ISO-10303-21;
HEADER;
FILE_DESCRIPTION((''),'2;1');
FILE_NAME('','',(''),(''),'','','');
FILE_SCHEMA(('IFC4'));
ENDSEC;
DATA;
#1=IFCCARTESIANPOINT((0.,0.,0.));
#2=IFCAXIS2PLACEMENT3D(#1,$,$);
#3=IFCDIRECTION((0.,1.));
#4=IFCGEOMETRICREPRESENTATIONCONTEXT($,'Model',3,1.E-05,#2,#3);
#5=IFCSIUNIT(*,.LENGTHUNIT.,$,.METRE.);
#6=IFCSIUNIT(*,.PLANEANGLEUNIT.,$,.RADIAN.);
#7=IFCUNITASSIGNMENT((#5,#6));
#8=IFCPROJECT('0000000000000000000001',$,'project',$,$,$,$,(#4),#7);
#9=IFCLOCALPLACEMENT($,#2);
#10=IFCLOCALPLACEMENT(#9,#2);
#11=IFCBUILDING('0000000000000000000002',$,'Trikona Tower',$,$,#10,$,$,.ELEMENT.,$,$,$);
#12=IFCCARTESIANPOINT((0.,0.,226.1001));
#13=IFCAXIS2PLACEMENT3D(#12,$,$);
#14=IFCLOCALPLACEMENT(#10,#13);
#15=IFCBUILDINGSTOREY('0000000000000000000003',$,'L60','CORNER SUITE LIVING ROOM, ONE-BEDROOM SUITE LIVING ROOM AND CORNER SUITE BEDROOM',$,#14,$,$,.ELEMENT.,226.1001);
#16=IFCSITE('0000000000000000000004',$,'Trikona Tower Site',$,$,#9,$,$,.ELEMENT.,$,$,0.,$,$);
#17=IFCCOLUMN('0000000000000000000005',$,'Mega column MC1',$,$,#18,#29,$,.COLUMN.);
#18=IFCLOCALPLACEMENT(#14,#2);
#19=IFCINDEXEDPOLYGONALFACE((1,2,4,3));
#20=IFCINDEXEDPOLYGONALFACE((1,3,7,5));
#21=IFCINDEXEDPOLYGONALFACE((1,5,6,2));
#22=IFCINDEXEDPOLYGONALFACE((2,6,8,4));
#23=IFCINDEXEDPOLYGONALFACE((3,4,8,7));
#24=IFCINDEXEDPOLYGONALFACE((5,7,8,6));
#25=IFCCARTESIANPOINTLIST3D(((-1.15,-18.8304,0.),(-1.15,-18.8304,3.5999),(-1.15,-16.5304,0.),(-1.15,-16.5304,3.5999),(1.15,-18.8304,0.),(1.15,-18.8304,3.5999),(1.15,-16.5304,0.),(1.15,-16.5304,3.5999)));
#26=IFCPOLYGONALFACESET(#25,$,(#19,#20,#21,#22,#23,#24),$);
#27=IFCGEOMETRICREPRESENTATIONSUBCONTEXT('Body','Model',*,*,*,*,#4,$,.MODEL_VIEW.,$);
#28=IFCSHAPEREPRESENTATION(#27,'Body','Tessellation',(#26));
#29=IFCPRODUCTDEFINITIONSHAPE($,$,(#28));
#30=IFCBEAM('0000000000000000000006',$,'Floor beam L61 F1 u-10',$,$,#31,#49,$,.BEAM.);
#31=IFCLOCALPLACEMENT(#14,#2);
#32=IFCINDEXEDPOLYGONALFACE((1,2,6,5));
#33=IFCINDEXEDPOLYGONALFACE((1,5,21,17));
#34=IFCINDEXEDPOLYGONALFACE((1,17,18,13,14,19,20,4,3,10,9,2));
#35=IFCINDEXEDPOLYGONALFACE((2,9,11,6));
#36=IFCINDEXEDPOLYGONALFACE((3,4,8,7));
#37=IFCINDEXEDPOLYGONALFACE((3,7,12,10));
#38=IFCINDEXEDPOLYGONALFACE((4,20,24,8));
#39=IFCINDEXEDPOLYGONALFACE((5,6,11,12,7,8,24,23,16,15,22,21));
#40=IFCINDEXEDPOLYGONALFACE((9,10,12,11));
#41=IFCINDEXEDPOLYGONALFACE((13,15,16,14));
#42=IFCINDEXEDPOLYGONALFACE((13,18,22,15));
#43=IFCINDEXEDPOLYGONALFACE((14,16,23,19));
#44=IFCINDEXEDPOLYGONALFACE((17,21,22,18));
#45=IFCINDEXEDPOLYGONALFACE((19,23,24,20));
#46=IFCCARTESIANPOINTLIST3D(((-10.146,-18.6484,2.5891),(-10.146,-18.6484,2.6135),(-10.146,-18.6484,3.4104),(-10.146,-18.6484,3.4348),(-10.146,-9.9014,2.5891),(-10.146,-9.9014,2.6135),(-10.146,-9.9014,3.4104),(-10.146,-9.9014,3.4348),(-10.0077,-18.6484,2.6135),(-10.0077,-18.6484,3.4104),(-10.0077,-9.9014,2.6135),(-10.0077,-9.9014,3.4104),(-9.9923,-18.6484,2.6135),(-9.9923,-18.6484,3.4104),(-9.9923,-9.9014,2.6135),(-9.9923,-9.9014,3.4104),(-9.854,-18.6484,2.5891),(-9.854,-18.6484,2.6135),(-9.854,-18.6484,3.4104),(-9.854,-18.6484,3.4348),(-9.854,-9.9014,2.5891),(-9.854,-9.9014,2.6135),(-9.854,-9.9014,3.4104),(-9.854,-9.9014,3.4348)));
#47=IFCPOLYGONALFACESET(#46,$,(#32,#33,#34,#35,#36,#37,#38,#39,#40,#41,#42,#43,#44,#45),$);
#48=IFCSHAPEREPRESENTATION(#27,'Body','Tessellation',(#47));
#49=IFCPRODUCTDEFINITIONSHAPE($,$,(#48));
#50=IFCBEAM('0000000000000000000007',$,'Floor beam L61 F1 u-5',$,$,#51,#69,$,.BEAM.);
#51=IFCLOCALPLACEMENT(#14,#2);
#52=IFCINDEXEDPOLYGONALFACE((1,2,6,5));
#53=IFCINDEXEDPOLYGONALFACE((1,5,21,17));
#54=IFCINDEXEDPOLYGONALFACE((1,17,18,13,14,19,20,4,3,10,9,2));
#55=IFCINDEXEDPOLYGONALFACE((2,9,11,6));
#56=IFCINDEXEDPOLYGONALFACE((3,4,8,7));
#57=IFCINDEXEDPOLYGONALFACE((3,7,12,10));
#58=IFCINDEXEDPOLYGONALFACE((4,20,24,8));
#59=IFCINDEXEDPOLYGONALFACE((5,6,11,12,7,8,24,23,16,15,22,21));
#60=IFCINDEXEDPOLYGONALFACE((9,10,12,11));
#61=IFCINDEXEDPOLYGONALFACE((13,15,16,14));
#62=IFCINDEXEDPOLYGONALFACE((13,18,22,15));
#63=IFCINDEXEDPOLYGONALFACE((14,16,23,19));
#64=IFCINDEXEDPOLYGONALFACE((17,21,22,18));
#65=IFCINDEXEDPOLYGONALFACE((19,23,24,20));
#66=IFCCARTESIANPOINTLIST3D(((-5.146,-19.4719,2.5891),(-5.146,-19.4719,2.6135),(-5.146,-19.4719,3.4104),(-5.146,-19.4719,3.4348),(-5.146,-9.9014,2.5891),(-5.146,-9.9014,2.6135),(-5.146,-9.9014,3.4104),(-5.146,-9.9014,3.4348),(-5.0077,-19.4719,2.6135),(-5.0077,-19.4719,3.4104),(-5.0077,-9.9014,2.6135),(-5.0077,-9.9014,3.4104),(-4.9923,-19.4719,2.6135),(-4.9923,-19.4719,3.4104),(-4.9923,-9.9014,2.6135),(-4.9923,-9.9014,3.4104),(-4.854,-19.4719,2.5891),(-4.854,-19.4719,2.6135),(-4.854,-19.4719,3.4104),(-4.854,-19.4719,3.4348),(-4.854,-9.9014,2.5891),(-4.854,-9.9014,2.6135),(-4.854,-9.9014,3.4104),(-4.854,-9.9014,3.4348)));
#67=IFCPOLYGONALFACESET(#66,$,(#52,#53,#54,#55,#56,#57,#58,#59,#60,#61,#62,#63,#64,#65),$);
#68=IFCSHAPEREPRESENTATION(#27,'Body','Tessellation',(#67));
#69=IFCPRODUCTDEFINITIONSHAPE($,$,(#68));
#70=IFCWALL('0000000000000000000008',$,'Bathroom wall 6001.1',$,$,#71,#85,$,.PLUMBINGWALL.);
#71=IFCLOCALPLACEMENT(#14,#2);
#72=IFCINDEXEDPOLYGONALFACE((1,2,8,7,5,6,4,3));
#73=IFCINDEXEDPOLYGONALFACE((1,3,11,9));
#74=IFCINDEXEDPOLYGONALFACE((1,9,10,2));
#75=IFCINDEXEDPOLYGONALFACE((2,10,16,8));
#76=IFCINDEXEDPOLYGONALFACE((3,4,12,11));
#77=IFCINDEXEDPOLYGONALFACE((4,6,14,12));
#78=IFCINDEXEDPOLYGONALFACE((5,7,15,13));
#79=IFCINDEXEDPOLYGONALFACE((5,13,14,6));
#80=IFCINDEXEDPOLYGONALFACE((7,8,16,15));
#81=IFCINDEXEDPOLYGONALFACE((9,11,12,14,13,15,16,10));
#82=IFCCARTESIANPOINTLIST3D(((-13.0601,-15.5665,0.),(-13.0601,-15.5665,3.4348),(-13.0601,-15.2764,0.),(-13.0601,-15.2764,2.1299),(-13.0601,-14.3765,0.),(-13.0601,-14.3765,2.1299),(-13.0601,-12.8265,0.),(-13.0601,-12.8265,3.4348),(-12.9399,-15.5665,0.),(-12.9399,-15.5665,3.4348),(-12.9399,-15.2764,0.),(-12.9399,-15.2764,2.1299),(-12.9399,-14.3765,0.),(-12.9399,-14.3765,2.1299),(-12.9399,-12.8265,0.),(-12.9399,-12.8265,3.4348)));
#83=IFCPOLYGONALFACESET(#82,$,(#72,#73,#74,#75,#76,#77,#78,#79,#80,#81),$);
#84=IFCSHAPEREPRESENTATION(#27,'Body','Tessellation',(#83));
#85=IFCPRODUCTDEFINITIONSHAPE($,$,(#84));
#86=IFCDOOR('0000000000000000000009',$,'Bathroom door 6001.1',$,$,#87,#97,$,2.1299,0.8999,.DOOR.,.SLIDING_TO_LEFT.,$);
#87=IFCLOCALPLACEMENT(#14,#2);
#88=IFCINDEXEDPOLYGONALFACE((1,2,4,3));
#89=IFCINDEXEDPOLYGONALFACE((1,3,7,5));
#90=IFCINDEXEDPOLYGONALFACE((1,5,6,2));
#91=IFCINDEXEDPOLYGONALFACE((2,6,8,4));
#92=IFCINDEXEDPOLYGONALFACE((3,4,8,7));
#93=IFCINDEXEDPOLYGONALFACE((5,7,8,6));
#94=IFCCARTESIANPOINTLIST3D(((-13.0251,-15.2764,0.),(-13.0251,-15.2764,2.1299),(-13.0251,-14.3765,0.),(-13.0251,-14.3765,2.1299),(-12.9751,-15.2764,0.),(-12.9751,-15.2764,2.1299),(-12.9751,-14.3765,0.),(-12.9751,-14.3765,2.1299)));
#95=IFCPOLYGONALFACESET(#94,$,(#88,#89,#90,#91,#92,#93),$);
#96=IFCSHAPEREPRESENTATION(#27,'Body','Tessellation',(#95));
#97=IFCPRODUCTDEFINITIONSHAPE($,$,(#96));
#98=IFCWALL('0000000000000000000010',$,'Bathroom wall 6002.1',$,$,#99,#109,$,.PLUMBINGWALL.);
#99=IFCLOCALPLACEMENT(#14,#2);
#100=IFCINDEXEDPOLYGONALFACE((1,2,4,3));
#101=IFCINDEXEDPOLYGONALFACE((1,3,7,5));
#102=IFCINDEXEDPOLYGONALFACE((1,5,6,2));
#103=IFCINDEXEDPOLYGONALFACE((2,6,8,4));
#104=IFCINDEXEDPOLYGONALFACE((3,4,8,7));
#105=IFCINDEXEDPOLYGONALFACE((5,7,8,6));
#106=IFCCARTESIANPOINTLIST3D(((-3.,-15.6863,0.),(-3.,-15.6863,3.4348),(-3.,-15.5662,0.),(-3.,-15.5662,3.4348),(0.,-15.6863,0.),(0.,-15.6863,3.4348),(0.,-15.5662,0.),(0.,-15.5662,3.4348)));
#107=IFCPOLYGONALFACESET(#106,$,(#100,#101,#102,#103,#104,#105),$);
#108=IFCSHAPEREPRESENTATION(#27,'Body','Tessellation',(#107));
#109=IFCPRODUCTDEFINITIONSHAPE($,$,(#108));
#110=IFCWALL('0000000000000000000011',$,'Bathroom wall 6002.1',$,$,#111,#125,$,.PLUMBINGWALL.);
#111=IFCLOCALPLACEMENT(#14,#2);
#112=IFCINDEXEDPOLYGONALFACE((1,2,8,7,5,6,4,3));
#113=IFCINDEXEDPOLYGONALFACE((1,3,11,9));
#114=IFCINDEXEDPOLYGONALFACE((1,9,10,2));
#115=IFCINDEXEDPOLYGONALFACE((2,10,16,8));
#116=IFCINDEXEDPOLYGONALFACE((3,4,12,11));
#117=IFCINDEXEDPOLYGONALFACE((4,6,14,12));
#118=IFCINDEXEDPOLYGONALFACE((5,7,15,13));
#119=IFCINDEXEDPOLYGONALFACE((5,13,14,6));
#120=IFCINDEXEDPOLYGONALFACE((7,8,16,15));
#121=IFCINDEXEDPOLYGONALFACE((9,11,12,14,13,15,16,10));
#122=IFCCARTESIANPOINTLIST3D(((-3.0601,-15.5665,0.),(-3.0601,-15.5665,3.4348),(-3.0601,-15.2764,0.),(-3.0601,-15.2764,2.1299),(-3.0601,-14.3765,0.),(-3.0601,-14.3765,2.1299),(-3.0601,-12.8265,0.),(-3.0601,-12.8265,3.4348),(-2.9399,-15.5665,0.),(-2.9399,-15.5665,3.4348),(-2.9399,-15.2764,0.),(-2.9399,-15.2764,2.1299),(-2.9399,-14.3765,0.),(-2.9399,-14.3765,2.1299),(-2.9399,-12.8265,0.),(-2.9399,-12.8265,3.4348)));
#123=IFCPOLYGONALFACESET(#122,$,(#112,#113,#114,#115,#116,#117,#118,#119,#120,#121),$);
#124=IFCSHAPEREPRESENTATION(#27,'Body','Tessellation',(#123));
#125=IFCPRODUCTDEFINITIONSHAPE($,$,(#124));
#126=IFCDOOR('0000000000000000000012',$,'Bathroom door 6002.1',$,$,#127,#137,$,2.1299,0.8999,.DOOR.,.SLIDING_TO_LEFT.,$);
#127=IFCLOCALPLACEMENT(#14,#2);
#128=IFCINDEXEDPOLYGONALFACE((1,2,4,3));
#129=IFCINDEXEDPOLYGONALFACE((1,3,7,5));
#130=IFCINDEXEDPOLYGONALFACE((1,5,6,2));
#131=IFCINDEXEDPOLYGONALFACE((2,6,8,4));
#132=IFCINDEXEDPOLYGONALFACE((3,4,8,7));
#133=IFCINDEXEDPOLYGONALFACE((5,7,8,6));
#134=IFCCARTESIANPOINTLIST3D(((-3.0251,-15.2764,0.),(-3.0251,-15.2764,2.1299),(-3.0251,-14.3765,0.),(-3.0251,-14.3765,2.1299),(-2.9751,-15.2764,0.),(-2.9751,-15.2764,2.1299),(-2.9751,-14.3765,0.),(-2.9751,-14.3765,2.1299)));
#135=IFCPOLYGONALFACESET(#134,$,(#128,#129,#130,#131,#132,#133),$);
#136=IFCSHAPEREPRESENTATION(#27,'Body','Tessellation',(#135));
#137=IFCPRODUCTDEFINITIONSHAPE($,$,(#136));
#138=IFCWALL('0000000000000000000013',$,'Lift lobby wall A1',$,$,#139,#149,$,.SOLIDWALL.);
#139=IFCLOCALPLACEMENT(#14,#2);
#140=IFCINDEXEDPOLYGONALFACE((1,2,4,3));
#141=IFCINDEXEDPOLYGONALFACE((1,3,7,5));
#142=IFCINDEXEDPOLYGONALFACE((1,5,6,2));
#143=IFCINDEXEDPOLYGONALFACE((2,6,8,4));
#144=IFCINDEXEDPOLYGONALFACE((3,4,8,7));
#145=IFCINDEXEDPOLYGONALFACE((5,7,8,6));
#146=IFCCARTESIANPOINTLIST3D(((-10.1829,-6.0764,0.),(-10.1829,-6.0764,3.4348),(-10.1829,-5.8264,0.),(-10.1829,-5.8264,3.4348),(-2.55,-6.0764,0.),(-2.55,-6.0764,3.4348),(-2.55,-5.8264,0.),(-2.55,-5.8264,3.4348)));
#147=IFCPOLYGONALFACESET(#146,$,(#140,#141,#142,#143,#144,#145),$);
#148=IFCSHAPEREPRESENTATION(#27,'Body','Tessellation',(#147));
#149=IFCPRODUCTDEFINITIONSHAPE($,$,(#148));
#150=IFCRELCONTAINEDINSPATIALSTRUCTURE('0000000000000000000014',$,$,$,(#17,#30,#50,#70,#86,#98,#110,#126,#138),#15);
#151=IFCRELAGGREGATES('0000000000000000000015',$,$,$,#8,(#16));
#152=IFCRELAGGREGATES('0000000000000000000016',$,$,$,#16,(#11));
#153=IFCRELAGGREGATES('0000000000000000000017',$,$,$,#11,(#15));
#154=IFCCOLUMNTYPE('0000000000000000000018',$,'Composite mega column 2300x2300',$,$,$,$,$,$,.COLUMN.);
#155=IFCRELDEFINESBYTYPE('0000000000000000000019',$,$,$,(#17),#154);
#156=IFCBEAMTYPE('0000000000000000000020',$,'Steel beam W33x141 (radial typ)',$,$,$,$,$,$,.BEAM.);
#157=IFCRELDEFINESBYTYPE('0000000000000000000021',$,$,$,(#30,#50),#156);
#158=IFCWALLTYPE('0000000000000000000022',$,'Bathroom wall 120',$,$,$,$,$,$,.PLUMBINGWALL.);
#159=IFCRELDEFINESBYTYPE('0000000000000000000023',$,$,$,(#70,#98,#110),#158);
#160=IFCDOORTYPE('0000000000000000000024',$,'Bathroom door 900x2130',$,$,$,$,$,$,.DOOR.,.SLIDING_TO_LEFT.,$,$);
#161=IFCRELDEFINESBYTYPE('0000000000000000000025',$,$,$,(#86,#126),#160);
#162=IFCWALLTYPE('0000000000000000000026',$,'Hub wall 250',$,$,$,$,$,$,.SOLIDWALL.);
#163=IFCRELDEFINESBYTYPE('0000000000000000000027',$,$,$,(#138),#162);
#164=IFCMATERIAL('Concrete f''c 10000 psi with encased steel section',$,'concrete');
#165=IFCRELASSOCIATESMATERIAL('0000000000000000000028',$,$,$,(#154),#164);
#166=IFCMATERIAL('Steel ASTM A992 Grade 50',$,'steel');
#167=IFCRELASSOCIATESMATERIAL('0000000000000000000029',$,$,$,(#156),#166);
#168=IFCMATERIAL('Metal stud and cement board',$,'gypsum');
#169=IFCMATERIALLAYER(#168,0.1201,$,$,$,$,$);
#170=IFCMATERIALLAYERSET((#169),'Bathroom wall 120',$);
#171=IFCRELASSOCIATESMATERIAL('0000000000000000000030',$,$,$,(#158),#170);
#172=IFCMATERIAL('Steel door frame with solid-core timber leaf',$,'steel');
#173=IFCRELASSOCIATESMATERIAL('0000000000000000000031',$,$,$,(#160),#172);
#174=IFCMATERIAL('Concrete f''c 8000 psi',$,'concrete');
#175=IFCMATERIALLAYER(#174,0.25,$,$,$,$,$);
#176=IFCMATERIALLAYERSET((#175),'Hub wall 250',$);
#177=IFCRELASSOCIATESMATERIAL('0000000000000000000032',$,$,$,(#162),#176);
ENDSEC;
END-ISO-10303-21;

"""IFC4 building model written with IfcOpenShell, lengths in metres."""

from ifc_helpers import new_model, si_unit, direction, frame, frame_2d, origin, origin_2d, place, context, subcontext, project, spatial, rectangle, i_section, extrude, material, layer, layer_set, material_profile, profile_set, type_object, element, fill, save


model = new_model("IFC4")

# Units and contexts
model_context = context("Model", 3, precision=1e-05, world=origin(), true_north=direction((0.0, 1.0)))
body_context = subcontext(model_context, "Body", "Model", "MODEL_VIEW")
ifc_project = project(units=[si_unit("LENGTHUNIT", "METRE"), si_unit("PLANEANGLEUNIT", "RADIAN")], contexts=[model_context])

# Site, building, storey
site_placement = place(None, origin())
site = spatial("IfcSite", under=ifc_project, at=site_placement, Name="Trikona Tower Site", CompositionType="ELEMENT", RefElevation=0.0)
building_placement = place(site_placement, origin())
building = spatial("IfcBuilding", under=site, at=building_placement, Name="Trikona Tower", CompositionType="ELEMENT")
storey_placement = place(building_placement, frame((0.0, 0.0, 226.1001)))
storey = spatial("IfcBuildingStorey", under=building, at=storey_placement, Name="L60", Description="CORNER SUITE LIVING ROOM, ONE-BEDROOM SUITE LIVING ROOM AND CORNER SUITE BEDROOM", CompositionType="ELEMENT", Elevation=226.1001)

# Column
ifc_material_1 = material(Name="Concrete f'c 10000 psi with encased steel section", Category="concrete")
ifc_material_profile_1 = material_profile(ifc_material_1, rectangle(XDim=2.3, YDim=2.3, at=origin_2d()), Name="MC2300")
ifc_profile_set_1 = profile_set([ifc_material_profile_1], Name="Concrete f'c 10000 psi with encased steel section")
column_type = type_object("IfcColumnType", Name="Composite mega column 2300x2300", PredefinedType="COLUMN", material=ifc_profile_set_1)
column_placement = place(storey_placement, frame((0.0, -17.6804, 0.0), z_axis=(0.0, 0.0, 1.0), x_axis=(0.0, -1.0, 0.0)))
element("IfcColumn", 1, at=column_placement, inside=storey, type_object=column_type, Name="Mega column MC1", PredefinedType="COLUMN", context=body_context, shape_type="SweptSolid", body=[
    extrude(rectangle(XDim=2.3, YDim=2.3, at=origin_2d()), origin(), (0.0, 0.0, 1.0), 3.5999),
])

# Beams
ifc_material_2 = material(Name="Steel ASTM A992 Grade 50", Category="steel")
ifc_material_profile_2 = material_profile(ifc_material_2, i_section(OverallWidth=0.292, OverallDepth=0.8457, WebThickness=0.0154, FlangeThickness=0.0244, at=origin_2d()), Name="W33X141")
ifc_profile_set_2 = profile_set([ifc_material_profile_2], Name="Steel ASTM A992 Grade 50")
beam_type = type_object("IfcBeamType", Name="Steel beam W33x141 (radial typ)", PredefinedType="BEAM", material=ifc_profile_set_2)
beam_1_placement = place(storey_placement, frame((-10.0, -9.9014, 3.012), z_axis=(0.0, -1.0, 0.0), x_axis=(1.0, 0.0, 0.0)))
element("IfcBeam", 2, at=beam_1_placement, inside=storey, type_object=beam_type, Name="Floor beam L61 F1 u-10", PredefinedType="BEAM", context=body_context, shape_type="SweptSolid", body=[
    extrude(i_section(OverallWidth=0.292, OverallDepth=0.8457, WebThickness=0.0154, FlangeThickness=0.0244, at=origin_2d()), origin(), (0.0, 0.0, 1.0), 8.7471),
])
beam_2_placement = place(storey_placement, frame((-5.0, -9.9014, 3.012), z_axis=(0.0, -1.0, 0.0), x_axis=(1.0, 0.0, 0.0)))
element("IfcBeam", 3, at=beam_2_placement, inside=storey, type_object=beam_type, Name="Floor beam L61 F1 u-5", PredefinedType="BEAM", context=body_context, shape_type="SweptSolid", body=[
    extrude(i_section(OverallWidth=0.292, OverallDepth=0.8457, WebThickness=0.0154, FlangeThickness=0.0244, at=origin_2d()), origin(), (0.0, 0.0, 1.0), 9.5706),
])

# Wall, opening, door
ifc_material_3 = material(Name="Metal stud and cement board", Category="gypsum")
ifc_layer_1 = layer(ifc_material_3, 0.1201)
ifc_layer_set_1 = layer_set([ifc_layer_1], Name="Bathroom wall 120")
wall_type_1 = type_object("IfcWallType", Name="Bathroom wall 120", PredefinedType="PLUMBINGWALL", material=ifc_layer_set_1)
wall_1_placement = place(storey_placement, frame((-13.0, -12.8264, 0.0), z_axis=(0.0, 0.0, 1.0), x_axis=(0.0, -1.0, 0.0)))
wall_1 = element("IfcWall", 4, at=wall_1_placement, inside=storey, type_object=wall_type_1, Name="Bathroom wall 6001.1", PredefinedType="PLUMBINGWALL", context=body_context, shape_type="SweptSolid", body=[
    extrude(rectangle(XDim=2.74, YDim=0.1201, at=frame_2d((1.3701, 0.0))), origin(), (0.0, 0.0, 1.0), 3.4348),
])
opening_1_placement = place(wall_1_placement, frame((1.55, 0.0, 0.0)))
opening_1 = element("IfcOpeningElement", 5, at=opening_1_placement, cuts=wall_1, PredefinedType="OPENING", context=body_context, shape_type="SweptSolid", body=[
    extrude(rectangle(XDim=0.8999, YDim=2.1299, at=frame_2d((0.45, 1.0649))), frame((0.0, 0.0701, 0.0), z_axis=(0.0, -1.0, 0.0), x_axis=(1.0, 0.0, 0.0)), (0.0, 0.0, 1.0), 0.1401),
])
ifc_material_4 = material(Name="Steel door frame with solid-core timber leaf", Category="steel")
door_type_1 = type_object("IfcDoorType", Name="Bathroom door 900x2130", OperationType="SLIDING_TO_LEFT", PredefinedType="DOOR", material=ifc_material_4)
door_1_placement = place(opening_1_placement, origin())
door_1 = element("IfcDoor", 6, at=door_1_placement, inside=storey, type_object=door_type_1, Name="Bathroom door 6001.1", OperationType="SLIDING_TO_LEFT", OverallHeight=2.1299, OverallWidth=0.8999, PredefinedType="DOOR", context=body_context, shape_type="SweptSolid", body=[
    extrude(rectangle(XDim=0.8999, YDim=2.1299, at=frame_2d((0.45, 1.0649))), frame((0.0, 0.0249, 0.0), z_axis=(0.0, -1.0, 0.0), x_axis=(1.0, 0.0, 0.0)), (0.0, 0.0, 1.0), 0.05),
])
fill(opening_1, door_1)

# Wall
wall_2_placement = place(storey_placement, frame((-3.0, -15.6262, 0.0), z_axis=(0.0, 0.0, 1.0), x_axis=(1.0, 0.0, 0.0)))
element("IfcWall", 7, at=wall_2_placement, inside=storey, type_object=wall_type_1, Name="Bathroom wall 6002.1", PredefinedType="PLUMBINGWALL", context=body_context, shape_type="SweptSolid", body=[
    extrude(rectangle(XDim=3.0, YDim=0.1201, at=frame_2d((1.5, 0.0))), origin(), (0.0, 0.0, 1.0), 3.4348),
])

# Wall, opening, door
wall_3_placement = place(storey_placement, frame((-3.0, -12.8264, 0.0), z_axis=(0.0, 0.0, 1.0), x_axis=(0.0, -1.0, 0.0)))
wall_3 = element("IfcWall", 8, at=wall_3_placement, inside=storey, type_object=wall_type_1, Name="Bathroom wall 6002.1", PredefinedType="PLUMBINGWALL", context=body_context, shape_type="SweptSolid", body=[
    extrude(rectangle(XDim=2.74, YDim=0.1201, at=frame_2d((1.3701, 0.0))), origin(), (0.0, 0.0, 1.0), 3.4348),
])
opening_2_placement = place(wall_3_placement, frame((1.55, 0.0, 0.0)))
opening_2 = element("IfcOpeningElement", 9, at=opening_2_placement, cuts=wall_3, PredefinedType="OPENING", context=body_context, shape_type="SweptSolid", body=[
    extrude(rectangle(XDim=0.8999, YDim=2.1299, at=frame_2d((0.45, 1.0649))), frame((0.0, 0.0701, 0.0), z_axis=(0.0, -1.0, 0.0), x_axis=(1.0, 0.0, 0.0)), (0.0, 0.0, 1.0), 0.1401),
])
door_2_placement = place(opening_2_placement, origin())
door_2 = element("IfcDoor", 10, at=door_2_placement, inside=storey, type_object=door_type_1, Name="Bathroom door 6002.1", OperationType="SLIDING_TO_LEFT", OverallHeight=2.1299, OverallWidth=0.8999, PredefinedType="DOOR", context=body_context, shape_type="SweptSolid", body=[
    extrude(rectangle(XDim=0.8999, YDim=2.1299, at=frame_2d((0.45, 1.0649))), frame((0.0, 0.0249, 0.0), z_axis=(0.0, -1.0, 0.0), x_axis=(1.0, 0.0, 0.0)), (0.0, 0.0, 1.0), 0.05),
])
fill(opening_2, door_2)

# Wall
ifc_material_5 = material(Name="Concrete f'c 8000 psi", Category="concrete")
ifc_layer_2 = layer(ifc_material_5, 0.25)
ifc_layer_set_2 = layer_set([ifc_layer_2], Name="Hub wall 250")
wall_type_2 = type_object("IfcWallType", Name="Hub wall 250", PredefinedType="SOLIDWALL", material=ifc_layer_set_2)
wall_4_placement = place(storey_placement, frame((-10.1829, -5.9514, 0.0), z_axis=(0.0, 0.0, 1.0), x_axis=(1.0, 0.0, 0.0)))
element("IfcWall", 11, at=wall_4_placement, inside=storey, type_object=wall_type_2, Name="Lift lobby wall A1", PredefinedType="SOLIDWALL", context=body_context, shape_type="SweptSolid", body=[
    extrude(rectangle(XDim=7.6328, YDim=0.25, at=frame_2d((3.8164, 0.0))), origin(), (0.0, 0.0, 1.0), 3.4348),
])

save(model, "model.ifc")
